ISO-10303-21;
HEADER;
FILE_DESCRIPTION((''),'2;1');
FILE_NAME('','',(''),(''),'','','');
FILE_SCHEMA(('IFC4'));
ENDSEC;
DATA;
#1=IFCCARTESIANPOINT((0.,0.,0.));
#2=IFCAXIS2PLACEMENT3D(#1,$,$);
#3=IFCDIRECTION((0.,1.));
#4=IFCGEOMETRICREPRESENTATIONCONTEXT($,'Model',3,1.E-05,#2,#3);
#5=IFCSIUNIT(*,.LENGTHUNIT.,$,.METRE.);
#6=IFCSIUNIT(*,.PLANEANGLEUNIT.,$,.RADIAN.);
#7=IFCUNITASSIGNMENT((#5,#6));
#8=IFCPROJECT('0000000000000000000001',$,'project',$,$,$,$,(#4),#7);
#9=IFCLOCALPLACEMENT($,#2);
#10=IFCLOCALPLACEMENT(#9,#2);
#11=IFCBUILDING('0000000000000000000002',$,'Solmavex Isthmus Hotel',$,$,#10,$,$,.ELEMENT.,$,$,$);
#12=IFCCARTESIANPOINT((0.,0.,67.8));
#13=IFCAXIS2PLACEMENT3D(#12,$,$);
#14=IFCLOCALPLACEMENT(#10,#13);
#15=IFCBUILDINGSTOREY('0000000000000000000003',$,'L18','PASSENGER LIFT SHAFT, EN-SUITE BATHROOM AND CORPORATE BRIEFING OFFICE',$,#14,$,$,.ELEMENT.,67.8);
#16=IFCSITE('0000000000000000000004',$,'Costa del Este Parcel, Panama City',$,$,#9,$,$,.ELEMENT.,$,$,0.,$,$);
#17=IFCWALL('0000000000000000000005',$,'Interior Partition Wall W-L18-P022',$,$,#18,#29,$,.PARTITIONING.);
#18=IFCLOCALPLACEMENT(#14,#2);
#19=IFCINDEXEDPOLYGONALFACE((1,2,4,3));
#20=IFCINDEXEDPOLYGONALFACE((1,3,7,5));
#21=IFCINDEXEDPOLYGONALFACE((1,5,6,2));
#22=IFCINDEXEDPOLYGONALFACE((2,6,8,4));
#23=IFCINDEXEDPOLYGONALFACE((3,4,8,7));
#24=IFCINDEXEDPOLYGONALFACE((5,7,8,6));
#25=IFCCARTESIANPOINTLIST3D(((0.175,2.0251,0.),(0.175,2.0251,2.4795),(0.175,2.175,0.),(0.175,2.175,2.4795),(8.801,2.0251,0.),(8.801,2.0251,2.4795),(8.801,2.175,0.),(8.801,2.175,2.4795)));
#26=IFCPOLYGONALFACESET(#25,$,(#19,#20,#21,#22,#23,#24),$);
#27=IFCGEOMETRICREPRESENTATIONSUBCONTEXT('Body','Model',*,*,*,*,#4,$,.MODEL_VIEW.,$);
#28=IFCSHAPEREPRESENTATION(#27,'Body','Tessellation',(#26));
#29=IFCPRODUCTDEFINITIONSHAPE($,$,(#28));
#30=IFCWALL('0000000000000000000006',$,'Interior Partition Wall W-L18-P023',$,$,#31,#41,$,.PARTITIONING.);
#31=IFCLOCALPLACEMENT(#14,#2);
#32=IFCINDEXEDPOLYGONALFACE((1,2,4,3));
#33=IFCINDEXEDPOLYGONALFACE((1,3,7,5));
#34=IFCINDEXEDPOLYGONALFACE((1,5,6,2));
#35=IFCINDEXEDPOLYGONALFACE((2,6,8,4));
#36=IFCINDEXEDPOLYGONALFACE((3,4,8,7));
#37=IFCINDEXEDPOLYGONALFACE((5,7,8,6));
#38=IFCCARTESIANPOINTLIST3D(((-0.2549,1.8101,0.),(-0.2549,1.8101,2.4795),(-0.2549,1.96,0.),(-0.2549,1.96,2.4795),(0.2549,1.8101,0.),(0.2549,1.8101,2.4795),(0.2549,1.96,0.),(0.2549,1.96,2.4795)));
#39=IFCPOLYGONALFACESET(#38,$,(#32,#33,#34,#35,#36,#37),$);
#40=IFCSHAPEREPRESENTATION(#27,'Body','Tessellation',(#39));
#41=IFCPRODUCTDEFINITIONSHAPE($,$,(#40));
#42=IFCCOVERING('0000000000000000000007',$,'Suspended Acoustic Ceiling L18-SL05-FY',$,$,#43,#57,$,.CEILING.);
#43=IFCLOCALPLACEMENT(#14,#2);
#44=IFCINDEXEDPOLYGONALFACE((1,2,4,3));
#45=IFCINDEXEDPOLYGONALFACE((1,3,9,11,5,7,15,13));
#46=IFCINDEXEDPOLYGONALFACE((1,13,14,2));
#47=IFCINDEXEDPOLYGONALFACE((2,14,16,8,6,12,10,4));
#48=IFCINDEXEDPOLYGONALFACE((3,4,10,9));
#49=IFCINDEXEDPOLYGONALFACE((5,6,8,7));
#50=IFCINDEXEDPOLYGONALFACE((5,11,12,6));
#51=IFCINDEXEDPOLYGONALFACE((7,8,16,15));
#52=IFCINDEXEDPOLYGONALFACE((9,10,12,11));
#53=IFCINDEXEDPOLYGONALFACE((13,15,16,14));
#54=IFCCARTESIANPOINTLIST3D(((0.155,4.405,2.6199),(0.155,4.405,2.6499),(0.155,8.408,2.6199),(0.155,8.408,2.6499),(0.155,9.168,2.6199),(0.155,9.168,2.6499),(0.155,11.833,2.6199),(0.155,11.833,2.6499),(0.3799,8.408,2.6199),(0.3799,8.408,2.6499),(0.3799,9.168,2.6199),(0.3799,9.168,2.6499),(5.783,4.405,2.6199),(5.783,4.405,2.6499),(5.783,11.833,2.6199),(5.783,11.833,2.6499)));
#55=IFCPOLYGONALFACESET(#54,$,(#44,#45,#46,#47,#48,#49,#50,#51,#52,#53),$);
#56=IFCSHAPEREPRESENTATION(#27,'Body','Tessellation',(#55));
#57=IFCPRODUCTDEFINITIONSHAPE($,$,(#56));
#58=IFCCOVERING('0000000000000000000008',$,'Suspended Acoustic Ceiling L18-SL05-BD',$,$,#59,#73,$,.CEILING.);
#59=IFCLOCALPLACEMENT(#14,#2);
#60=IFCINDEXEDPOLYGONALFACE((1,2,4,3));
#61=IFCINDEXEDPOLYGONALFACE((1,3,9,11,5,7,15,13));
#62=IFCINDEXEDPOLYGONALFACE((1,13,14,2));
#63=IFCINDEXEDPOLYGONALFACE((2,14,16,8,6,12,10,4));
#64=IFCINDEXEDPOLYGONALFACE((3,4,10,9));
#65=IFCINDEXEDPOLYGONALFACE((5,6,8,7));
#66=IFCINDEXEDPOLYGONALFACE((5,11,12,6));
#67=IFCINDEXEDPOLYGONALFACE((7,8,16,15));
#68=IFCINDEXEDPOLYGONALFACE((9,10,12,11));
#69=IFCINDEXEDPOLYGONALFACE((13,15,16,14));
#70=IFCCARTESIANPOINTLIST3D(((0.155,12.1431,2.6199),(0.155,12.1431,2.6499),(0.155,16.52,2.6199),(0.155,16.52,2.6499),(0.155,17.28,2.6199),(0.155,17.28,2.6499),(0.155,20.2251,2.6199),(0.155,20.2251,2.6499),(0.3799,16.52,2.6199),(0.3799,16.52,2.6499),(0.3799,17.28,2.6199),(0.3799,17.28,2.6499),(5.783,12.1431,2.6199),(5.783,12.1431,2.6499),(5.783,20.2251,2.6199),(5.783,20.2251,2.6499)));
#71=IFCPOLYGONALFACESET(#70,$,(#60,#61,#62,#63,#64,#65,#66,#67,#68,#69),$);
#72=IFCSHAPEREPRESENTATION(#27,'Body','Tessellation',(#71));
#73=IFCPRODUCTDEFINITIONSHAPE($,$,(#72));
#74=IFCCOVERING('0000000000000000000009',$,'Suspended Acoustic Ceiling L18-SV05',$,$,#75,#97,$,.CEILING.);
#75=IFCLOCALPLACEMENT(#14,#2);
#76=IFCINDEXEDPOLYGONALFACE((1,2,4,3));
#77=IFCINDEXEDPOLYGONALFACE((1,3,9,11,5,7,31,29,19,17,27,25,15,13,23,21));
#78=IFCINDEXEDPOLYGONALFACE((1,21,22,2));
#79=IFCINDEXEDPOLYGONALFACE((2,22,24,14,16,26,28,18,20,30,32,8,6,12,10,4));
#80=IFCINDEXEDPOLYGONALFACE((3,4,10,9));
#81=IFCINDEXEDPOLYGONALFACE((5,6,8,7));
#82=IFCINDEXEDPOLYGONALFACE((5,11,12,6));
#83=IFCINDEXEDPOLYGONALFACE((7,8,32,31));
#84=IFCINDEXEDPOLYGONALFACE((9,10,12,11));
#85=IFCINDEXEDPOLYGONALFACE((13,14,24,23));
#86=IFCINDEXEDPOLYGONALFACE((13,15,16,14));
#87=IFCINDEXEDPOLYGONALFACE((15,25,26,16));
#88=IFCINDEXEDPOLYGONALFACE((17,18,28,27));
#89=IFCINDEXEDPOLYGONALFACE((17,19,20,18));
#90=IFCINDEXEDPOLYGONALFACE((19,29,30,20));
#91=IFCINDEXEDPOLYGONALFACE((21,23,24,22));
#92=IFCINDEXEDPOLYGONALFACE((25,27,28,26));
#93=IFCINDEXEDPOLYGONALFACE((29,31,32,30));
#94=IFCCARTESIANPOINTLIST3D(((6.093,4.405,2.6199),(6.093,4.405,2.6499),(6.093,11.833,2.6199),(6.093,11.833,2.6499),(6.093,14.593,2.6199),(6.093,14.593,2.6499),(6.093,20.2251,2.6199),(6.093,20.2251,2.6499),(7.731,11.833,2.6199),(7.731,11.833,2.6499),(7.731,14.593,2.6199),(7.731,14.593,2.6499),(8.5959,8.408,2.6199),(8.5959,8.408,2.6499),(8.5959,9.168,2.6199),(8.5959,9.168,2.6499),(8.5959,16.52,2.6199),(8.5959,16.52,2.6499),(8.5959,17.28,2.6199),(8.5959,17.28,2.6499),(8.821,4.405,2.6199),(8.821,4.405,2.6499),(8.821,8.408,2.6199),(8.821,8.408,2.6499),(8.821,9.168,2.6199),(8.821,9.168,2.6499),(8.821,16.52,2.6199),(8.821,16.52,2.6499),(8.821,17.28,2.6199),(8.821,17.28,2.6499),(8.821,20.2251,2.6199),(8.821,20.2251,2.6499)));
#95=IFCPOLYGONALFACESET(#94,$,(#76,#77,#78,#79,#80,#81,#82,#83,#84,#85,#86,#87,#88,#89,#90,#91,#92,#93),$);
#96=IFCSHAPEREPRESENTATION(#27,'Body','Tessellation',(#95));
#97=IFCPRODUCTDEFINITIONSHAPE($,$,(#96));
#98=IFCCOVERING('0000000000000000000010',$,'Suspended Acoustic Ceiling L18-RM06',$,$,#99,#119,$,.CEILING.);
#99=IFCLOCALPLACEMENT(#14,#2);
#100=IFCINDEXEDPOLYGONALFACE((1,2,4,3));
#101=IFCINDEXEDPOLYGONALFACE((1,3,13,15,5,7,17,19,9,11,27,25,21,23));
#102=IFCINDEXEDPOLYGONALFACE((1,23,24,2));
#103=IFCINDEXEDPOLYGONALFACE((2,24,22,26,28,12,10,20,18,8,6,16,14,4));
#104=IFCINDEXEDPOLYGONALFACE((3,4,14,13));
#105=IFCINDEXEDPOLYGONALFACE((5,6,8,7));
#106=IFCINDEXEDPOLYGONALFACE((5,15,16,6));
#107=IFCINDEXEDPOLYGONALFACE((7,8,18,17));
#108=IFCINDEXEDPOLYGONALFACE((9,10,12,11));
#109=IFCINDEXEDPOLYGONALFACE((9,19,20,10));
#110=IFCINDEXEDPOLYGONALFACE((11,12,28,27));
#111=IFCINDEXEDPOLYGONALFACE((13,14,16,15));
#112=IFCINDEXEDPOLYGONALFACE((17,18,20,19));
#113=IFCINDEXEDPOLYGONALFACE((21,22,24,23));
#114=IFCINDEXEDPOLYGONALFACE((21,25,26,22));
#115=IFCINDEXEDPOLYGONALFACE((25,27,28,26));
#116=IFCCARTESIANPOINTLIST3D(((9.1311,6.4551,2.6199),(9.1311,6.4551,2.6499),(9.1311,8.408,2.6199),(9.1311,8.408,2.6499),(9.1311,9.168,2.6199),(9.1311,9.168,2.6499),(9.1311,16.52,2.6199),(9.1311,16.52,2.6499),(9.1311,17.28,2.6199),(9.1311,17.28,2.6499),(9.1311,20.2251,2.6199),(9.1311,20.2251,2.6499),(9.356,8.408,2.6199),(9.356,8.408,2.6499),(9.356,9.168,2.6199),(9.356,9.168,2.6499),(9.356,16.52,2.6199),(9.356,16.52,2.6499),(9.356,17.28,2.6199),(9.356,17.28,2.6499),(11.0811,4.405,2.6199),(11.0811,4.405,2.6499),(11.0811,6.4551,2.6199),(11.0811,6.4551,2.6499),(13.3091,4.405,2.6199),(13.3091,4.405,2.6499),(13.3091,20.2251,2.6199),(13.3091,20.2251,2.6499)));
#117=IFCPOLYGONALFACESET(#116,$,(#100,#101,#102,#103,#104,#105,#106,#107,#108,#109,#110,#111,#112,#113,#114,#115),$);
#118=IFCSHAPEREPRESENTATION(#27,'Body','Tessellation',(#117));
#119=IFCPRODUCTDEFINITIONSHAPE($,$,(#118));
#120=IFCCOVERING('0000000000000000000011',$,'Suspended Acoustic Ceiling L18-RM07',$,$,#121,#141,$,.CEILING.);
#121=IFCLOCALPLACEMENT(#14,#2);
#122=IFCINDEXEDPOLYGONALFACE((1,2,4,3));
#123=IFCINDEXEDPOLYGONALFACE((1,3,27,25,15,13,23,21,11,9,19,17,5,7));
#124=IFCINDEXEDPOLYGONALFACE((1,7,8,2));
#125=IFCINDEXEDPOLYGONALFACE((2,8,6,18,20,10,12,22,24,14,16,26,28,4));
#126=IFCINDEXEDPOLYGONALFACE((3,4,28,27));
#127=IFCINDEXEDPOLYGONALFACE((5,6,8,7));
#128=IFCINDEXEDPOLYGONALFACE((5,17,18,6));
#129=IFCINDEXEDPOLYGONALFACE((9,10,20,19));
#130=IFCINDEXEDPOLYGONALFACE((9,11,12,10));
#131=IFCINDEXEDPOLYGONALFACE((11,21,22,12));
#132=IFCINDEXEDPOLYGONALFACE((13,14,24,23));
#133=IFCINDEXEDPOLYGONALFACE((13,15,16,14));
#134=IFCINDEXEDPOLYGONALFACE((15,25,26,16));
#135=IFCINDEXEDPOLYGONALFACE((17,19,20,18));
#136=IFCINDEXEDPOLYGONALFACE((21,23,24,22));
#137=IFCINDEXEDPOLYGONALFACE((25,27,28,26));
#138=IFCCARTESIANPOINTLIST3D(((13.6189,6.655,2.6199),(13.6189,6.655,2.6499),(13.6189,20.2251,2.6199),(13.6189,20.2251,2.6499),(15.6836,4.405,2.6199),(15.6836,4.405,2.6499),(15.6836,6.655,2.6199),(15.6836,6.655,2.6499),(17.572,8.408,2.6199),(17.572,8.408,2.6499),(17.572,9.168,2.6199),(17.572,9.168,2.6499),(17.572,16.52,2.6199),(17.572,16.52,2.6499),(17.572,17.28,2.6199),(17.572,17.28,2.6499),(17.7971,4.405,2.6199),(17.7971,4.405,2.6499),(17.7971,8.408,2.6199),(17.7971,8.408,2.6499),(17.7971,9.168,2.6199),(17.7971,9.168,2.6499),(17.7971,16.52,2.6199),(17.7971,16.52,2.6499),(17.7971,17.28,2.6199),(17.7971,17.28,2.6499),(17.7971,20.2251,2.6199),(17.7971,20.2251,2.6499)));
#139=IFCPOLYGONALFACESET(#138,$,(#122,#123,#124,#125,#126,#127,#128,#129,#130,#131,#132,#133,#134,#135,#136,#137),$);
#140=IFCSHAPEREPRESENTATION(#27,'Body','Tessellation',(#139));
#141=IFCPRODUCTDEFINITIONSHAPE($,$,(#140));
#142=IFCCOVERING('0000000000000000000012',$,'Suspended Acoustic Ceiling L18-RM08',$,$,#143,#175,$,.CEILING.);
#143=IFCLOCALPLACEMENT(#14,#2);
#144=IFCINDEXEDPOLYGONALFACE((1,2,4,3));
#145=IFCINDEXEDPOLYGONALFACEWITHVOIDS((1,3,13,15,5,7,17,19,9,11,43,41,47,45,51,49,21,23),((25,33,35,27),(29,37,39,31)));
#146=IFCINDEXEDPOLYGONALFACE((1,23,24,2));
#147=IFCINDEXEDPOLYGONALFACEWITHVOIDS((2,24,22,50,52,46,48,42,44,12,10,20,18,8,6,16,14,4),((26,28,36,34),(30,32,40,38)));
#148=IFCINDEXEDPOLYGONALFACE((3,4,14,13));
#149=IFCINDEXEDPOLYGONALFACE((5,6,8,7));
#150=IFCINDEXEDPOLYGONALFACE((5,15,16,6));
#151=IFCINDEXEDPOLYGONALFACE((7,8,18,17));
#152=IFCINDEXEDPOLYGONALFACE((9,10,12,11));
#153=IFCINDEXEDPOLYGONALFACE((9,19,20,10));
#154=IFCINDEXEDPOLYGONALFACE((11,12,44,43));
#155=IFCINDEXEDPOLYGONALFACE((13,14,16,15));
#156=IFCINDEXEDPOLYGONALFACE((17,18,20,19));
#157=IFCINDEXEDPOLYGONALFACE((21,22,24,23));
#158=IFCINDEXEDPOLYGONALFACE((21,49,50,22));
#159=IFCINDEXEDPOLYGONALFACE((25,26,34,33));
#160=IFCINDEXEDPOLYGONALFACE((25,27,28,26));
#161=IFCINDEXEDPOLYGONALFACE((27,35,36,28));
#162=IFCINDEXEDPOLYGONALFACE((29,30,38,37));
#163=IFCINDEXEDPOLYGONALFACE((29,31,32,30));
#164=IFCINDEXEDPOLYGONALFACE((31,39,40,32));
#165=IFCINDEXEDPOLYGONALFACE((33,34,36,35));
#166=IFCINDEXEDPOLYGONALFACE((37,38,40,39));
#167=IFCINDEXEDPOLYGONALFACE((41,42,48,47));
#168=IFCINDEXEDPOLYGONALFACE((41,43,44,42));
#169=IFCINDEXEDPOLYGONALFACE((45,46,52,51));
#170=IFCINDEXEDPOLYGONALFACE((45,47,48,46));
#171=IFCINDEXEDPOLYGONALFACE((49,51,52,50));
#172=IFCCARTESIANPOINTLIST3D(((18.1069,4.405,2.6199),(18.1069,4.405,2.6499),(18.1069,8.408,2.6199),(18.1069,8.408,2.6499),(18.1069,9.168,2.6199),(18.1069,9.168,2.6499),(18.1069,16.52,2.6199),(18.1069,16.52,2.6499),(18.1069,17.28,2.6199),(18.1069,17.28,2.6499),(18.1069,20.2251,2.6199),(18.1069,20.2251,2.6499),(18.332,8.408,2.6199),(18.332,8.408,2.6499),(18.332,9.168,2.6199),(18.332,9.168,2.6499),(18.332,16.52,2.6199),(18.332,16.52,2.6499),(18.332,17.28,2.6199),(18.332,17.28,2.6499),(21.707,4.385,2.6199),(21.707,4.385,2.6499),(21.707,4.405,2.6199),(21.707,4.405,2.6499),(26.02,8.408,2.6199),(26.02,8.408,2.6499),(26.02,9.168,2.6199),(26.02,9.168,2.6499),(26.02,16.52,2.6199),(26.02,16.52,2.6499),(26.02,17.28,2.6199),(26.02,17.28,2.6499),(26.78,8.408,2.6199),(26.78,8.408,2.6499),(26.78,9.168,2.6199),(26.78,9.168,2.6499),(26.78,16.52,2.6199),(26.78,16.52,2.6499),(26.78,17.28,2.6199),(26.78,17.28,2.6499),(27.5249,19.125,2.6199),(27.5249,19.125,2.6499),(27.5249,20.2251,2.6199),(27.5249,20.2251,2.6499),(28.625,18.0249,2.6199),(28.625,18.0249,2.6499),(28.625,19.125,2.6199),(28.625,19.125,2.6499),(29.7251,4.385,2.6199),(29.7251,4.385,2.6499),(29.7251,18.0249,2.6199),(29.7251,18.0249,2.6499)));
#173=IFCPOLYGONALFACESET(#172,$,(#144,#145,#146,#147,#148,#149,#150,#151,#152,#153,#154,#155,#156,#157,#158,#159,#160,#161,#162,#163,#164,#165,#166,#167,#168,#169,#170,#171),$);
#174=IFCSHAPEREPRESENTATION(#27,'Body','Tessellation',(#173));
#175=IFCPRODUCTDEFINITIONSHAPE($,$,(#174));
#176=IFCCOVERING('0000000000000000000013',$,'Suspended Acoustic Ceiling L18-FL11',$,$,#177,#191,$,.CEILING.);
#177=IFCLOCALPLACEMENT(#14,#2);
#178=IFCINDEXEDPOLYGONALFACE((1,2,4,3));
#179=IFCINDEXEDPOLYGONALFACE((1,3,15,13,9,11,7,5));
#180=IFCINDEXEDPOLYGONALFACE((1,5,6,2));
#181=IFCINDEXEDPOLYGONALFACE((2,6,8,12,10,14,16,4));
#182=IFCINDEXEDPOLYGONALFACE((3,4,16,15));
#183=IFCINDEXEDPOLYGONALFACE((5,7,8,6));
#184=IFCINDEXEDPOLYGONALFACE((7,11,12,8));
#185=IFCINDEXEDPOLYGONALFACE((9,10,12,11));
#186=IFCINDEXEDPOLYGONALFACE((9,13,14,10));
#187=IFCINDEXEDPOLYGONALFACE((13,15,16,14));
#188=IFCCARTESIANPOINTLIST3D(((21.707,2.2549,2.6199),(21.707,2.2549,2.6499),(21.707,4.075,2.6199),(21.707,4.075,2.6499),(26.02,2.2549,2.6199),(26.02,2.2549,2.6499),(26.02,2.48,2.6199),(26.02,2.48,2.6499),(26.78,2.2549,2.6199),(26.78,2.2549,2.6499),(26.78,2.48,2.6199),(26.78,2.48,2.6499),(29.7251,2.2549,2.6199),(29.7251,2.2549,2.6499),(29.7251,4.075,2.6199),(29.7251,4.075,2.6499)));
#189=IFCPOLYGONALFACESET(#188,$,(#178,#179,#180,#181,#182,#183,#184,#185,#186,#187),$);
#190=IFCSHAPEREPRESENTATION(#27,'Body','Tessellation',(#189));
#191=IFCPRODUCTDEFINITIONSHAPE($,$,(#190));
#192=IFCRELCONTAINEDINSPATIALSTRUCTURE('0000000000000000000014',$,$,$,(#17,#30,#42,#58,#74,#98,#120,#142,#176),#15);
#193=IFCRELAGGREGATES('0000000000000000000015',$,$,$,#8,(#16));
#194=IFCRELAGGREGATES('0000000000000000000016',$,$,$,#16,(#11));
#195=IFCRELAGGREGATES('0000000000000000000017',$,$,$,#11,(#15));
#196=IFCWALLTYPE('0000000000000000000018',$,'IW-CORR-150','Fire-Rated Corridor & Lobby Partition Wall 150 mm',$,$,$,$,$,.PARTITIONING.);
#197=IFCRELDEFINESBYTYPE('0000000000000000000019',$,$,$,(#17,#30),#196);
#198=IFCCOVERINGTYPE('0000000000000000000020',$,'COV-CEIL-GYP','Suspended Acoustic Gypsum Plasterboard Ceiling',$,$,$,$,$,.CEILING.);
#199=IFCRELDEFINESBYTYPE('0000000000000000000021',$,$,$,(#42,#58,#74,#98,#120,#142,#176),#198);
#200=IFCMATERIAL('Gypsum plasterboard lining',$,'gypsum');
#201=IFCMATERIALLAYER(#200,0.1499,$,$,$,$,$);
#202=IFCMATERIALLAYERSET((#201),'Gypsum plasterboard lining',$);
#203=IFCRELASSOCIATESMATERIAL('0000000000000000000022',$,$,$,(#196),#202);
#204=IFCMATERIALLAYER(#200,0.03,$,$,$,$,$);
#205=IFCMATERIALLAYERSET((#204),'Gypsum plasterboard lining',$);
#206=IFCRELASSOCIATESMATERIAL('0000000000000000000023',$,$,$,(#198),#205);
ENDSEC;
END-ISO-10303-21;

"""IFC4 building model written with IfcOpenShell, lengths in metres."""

from ifc_helpers import new_model, si_unit, direction, frame, frame_2d, origin, place, context, subcontext, project, spatial, polyline, rectangle, outline, extrude, material, layer, layer_set, type_object, element, save


model = new_model("IFC4")

# Units and contexts
model_context = context("Model", 3, precision=1e-05, world=origin(), true_north=direction((0.0, 1.0)))
body_context = subcontext(model_context, "Body", "Model", "MODEL_VIEW")
ifc_project = project(units=[si_unit("LENGTHUNIT", "METRE"), si_unit("PLANEANGLEUNIT", "RADIAN")], contexts=[model_context])

# Site, building, storey
site_placement = place(None, origin())
site = spatial("IfcSite", under=ifc_project, at=site_placement, Name="Costa del Este Parcel, Panama City", CompositionType="ELEMENT", RefElevation=0.0)
building_placement = place(site_placement, origin())
building = spatial("IfcBuilding", under=site, at=building_placement, Name="Solmavex Isthmus Hotel", CompositionType="ELEMENT")
storey_placement = place(building_placement, frame((0.0, 0.0, 67.8)))
storey = spatial("IfcBuildingStorey", under=building, at=storey_placement, Name="L18", Description="PASSENGER LIFT SHAFT, EN-SUITE BATHROOM AND CORPORATE BRIEFING OFFICE", CompositionType="ELEMENT", Elevation=67.8)

# Walls
ifc_material_1 = material(Name="Gypsum plasterboard lining", Category="gypsum")
ifc_layer_1 = layer(ifc_material_1, 0.1499)
ifc_layer_set_1 = layer_set([ifc_layer_1], Name="Gypsum plasterboard lining")
wall_type = type_object("IfcWallType", Name="IW-CORR-150", Description="Fire-Rated Corridor & Lobby Partition Wall 150 mm", PredefinedType="PARTITIONING", material=ifc_layer_set_1)
wall_1_placement = place(storey_placement, frame((8.801, 2.1001, 0.0), z_axis=(0.0, 0.0, 1.0), x_axis=(-1.0, 0.0, 0.0)))
element("IfcWall", 1, at=wall_1_placement, inside=storey, type_object=wall_type, Name="Interior Partition Wall W-L18-P022", PredefinedType="PARTITIONING", context=body_context, shape_type="SweptSolid", body=[
    extrude(rectangle(XDim=8.626, YDim=0.1499, at=frame_2d((4.313, 0.0))), origin(), (0.0, 0.0, 1.0), 2.4795),
])
wall_2_placement = place(storey_placement, frame((0.2549, 1.885, 0.0), z_axis=(0.0, 0.0, 1.0), x_axis=(-1.0, 0.0, 0.0)))
element("IfcWall", 2, at=wall_2_placement, inside=storey, type_object=wall_type, Name="Interior Partition Wall W-L18-P023", PredefinedType="PARTITIONING", context=body_context, shape_type="SweptSolid", body=[
    extrude(rectangle(XDim=0.5098, YDim=0.1499, at=frame_2d((0.2549, 0.0))), origin(), (0.0, 0.0, 1.0), 2.4795),
])

# Coverings
ifc_layer_2 = layer(ifc_material_1, 0.03)
ifc_layer_set_2 = layer_set([ifc_layer_2], Name="Gypsum plasterboard lining")
covering_type_1 = type_object("IfcCoveringType", Name="COV-CEIL-GYP", Description="Suspended Acoustic Gypsum Plasterboard Ceiling", PredefinedType="CEILING", material=ifc_layer_set_2)
covering_1_placement = place(storey_placement, frame((0.0, 0.0, 2.6199)))
element("IfcCovering", 3, at=covering_1_placement, inside=storey, type_object=covering_type_1, Name="Suspended Acoustic Ceiling L18-SL05-FY", PredefinedType="CEILING", context=body_context, shape_type="SweptSolid", body=[
    extrude(outline(polyline([(0.155, 9.168), (0.3799, 9.168), (0.3799, 8.408), (0.155, 8.408), (0.155, 4.405), (5.783, 4.405), (5.783, 11.833), (0.155, 11.833), (0.155, 9.168)])), origin(), (0.0, 0.0, 1.0), 0.03),
])
covering_2_placement = place(storey_placement, frame((0.0, 0.0, 2.6199)))
element("IfcCovering", 4, at=covering_2_placement, inside=storey, type_object=covering_type_1, Name="Suspended Acoustic Ceiling L18-SL05-BD", PredefinedType="CEILING", context=body_context, shape_type="SweptSolid", body=[
    extrude(outline(polyline([(0.155, 17.28), (0.3799, 17.28), (0.3799, 16.52), (0.155, 16.52), (0.155, 12.1431), (5.783, 12.1431), (5.783, 20.2251), (0.155, 20.2251), (0.155, 17.28)])), origin(), (0.0, 0.0, 1.0), 0.03),
])
covering_3_placement = place(storey_placement, frame((0.0, 0.0, 2.6199)))
element("IfcCovering", 5, at=covering_3_placement, inside=storey, type_object=covering_type_1, Name="Suspended Acoustic Ceiling L18-SV05", PredefinedType="CEILING", context=body_context, shape_type="SweptSolid", body=[
    extrude(outline(polyline([(8.821, 16.52), (8.5959, 16.52), (8.5959, 17.28), (8.821, 17.28), (8.821, 20.2251), (6.093, 20.2251), (6.093, 14.593), (7.731, 14.593), (7.731, 11.833), (6.093, 11.833), (6.093, 4.405), (8.821, 4.405), (8.821, 8.408), (8.5959, 8.408), (8.5959, 9.168), (8.821, 9.168), (8.821, 16.52)])), origin(), (0.0, 0.0, 1.0), 0.03),
])
covering_4_placement = place(storey_placement, frame((0.0, 0.0, 2.6199)))
element("IfcCovering", 6, at=covering_4_placement, inside=storey, type_object=covering_type_1, Name="Suspended Acoustic Ceiling L18-RM06", PredefinedType="CEILING", context=body_context, shape_type="SweptSolid", body=[
    extrude(outline(polyline([(9.1311, 9.168), (9.356, 9.168), (9.356, 8.408), (9.1311, 8.408), (9.1311, 6.4551), (11.0811, 6.4551), (11.0811, 4.405), (13.3091, 4.405), (13.3091, 20.2251), (9.1311, 20.2251), (9.1311, 17.28), (9.356, 17.28), (9.356, 16.52), (9.1311, 16.52), (9.1311, 9.168)])), origin(), (0.0, 0.0, 1.0), 0.03),
])
covering_5_placement = place(storey_placement, frame((0.0, 0.0, 2.6199)))
element("IfcCovering", 7, at=covering_5_placement, inside=storey, type_object=covering_type_1, Name="Suspended Acoustic Ceiling L18-RM07", PredefinedType="CEILING", context=body_context, shape_type="SweptSolid", body=[
    extrude(outline(polyline([(17.7971, 16.52), (17.572, 16.52), (17.572, 17.28), (17.7971, 17.28), (17.7971, 20.2251), (13.6189, 20.2251), (13.6189, 6.655), (15.6836, 6.655), (15.6836, 4.405), (17.7971, 4.405), (17.7971, 8.408), (17.572, 8.408), (17.572, 9.168), (17.7971, 9.168), (17.7971, 16.52)])), origin(), (0.0, 0.0, 1.0), 0.03),
])
covering_6_placement = place(storey_placement, frame((0.0, 0.0, 2.6199)))
element("IfcCovering", 8, at=covering_6_placement, inside=storey, type_object=covering_type_1, Name="Suspended Acoustic Ceiling L18-RM08", PredefinedType="CEILING", context=body_context, shape_type="SweptSolid", body=[
    extrude(outline(polyline([(18.1069, 9.168), (18.332, 9.168), (18.332, 8.408), (18.1069, 8.408), (18.1069, 4.405), (21.707, 4.405), (21.707, 4.385), (29.7251, 4.385), (29.7251, 18.0249), (28.625, 18.0249), (28.625, 19.125), (27.5249, 19.125), (27.5249, 20.2251), (18.1069, 20.2251), (18.1069, 17.28), (18.332, 17.28), (18.332, 16.52), (18.1069, 16.52), (18.1069, 9.168)]), holes=[polyline([(26.02, 8.408), (26.02, 9.168), (26.78, 9.168), (26.78, 8.408), (26.02, 8.408)]), polyline([(26.02, 16.52), (26.02, 17.28), (26.78, 17.28), (26.78, 16.52), (26.02, 16.52)])]), origin(), (0.0, 0.0, 1.0), 0.03),
])
covering_7_placement = place(storey_placement, frame((0.0, 0.0, 2.6199)))
element("IfcCovering", 9, at=covering_7_placement, inside=storey, type_object=covering_type_1, Name="Suspended Acoustic Ceiling L18-FL11", PredefinedType="CEILING", context=body_context, shape_type="SweptSolid", body=[
    extrude(outline(polyline([(26.02, 2.2549), (26.02, 2.48), (26.78, 2.48), (26.78, 2.2549), (29.7251, 2.2549), (29.7251, 4.075), (21.707, 4.075), (21.707, 2.2549), (26.02, 2.2549)])), origin(), (0.0, 0.0, 1.0), 0.03),
])

save(model, "model.ifc")
